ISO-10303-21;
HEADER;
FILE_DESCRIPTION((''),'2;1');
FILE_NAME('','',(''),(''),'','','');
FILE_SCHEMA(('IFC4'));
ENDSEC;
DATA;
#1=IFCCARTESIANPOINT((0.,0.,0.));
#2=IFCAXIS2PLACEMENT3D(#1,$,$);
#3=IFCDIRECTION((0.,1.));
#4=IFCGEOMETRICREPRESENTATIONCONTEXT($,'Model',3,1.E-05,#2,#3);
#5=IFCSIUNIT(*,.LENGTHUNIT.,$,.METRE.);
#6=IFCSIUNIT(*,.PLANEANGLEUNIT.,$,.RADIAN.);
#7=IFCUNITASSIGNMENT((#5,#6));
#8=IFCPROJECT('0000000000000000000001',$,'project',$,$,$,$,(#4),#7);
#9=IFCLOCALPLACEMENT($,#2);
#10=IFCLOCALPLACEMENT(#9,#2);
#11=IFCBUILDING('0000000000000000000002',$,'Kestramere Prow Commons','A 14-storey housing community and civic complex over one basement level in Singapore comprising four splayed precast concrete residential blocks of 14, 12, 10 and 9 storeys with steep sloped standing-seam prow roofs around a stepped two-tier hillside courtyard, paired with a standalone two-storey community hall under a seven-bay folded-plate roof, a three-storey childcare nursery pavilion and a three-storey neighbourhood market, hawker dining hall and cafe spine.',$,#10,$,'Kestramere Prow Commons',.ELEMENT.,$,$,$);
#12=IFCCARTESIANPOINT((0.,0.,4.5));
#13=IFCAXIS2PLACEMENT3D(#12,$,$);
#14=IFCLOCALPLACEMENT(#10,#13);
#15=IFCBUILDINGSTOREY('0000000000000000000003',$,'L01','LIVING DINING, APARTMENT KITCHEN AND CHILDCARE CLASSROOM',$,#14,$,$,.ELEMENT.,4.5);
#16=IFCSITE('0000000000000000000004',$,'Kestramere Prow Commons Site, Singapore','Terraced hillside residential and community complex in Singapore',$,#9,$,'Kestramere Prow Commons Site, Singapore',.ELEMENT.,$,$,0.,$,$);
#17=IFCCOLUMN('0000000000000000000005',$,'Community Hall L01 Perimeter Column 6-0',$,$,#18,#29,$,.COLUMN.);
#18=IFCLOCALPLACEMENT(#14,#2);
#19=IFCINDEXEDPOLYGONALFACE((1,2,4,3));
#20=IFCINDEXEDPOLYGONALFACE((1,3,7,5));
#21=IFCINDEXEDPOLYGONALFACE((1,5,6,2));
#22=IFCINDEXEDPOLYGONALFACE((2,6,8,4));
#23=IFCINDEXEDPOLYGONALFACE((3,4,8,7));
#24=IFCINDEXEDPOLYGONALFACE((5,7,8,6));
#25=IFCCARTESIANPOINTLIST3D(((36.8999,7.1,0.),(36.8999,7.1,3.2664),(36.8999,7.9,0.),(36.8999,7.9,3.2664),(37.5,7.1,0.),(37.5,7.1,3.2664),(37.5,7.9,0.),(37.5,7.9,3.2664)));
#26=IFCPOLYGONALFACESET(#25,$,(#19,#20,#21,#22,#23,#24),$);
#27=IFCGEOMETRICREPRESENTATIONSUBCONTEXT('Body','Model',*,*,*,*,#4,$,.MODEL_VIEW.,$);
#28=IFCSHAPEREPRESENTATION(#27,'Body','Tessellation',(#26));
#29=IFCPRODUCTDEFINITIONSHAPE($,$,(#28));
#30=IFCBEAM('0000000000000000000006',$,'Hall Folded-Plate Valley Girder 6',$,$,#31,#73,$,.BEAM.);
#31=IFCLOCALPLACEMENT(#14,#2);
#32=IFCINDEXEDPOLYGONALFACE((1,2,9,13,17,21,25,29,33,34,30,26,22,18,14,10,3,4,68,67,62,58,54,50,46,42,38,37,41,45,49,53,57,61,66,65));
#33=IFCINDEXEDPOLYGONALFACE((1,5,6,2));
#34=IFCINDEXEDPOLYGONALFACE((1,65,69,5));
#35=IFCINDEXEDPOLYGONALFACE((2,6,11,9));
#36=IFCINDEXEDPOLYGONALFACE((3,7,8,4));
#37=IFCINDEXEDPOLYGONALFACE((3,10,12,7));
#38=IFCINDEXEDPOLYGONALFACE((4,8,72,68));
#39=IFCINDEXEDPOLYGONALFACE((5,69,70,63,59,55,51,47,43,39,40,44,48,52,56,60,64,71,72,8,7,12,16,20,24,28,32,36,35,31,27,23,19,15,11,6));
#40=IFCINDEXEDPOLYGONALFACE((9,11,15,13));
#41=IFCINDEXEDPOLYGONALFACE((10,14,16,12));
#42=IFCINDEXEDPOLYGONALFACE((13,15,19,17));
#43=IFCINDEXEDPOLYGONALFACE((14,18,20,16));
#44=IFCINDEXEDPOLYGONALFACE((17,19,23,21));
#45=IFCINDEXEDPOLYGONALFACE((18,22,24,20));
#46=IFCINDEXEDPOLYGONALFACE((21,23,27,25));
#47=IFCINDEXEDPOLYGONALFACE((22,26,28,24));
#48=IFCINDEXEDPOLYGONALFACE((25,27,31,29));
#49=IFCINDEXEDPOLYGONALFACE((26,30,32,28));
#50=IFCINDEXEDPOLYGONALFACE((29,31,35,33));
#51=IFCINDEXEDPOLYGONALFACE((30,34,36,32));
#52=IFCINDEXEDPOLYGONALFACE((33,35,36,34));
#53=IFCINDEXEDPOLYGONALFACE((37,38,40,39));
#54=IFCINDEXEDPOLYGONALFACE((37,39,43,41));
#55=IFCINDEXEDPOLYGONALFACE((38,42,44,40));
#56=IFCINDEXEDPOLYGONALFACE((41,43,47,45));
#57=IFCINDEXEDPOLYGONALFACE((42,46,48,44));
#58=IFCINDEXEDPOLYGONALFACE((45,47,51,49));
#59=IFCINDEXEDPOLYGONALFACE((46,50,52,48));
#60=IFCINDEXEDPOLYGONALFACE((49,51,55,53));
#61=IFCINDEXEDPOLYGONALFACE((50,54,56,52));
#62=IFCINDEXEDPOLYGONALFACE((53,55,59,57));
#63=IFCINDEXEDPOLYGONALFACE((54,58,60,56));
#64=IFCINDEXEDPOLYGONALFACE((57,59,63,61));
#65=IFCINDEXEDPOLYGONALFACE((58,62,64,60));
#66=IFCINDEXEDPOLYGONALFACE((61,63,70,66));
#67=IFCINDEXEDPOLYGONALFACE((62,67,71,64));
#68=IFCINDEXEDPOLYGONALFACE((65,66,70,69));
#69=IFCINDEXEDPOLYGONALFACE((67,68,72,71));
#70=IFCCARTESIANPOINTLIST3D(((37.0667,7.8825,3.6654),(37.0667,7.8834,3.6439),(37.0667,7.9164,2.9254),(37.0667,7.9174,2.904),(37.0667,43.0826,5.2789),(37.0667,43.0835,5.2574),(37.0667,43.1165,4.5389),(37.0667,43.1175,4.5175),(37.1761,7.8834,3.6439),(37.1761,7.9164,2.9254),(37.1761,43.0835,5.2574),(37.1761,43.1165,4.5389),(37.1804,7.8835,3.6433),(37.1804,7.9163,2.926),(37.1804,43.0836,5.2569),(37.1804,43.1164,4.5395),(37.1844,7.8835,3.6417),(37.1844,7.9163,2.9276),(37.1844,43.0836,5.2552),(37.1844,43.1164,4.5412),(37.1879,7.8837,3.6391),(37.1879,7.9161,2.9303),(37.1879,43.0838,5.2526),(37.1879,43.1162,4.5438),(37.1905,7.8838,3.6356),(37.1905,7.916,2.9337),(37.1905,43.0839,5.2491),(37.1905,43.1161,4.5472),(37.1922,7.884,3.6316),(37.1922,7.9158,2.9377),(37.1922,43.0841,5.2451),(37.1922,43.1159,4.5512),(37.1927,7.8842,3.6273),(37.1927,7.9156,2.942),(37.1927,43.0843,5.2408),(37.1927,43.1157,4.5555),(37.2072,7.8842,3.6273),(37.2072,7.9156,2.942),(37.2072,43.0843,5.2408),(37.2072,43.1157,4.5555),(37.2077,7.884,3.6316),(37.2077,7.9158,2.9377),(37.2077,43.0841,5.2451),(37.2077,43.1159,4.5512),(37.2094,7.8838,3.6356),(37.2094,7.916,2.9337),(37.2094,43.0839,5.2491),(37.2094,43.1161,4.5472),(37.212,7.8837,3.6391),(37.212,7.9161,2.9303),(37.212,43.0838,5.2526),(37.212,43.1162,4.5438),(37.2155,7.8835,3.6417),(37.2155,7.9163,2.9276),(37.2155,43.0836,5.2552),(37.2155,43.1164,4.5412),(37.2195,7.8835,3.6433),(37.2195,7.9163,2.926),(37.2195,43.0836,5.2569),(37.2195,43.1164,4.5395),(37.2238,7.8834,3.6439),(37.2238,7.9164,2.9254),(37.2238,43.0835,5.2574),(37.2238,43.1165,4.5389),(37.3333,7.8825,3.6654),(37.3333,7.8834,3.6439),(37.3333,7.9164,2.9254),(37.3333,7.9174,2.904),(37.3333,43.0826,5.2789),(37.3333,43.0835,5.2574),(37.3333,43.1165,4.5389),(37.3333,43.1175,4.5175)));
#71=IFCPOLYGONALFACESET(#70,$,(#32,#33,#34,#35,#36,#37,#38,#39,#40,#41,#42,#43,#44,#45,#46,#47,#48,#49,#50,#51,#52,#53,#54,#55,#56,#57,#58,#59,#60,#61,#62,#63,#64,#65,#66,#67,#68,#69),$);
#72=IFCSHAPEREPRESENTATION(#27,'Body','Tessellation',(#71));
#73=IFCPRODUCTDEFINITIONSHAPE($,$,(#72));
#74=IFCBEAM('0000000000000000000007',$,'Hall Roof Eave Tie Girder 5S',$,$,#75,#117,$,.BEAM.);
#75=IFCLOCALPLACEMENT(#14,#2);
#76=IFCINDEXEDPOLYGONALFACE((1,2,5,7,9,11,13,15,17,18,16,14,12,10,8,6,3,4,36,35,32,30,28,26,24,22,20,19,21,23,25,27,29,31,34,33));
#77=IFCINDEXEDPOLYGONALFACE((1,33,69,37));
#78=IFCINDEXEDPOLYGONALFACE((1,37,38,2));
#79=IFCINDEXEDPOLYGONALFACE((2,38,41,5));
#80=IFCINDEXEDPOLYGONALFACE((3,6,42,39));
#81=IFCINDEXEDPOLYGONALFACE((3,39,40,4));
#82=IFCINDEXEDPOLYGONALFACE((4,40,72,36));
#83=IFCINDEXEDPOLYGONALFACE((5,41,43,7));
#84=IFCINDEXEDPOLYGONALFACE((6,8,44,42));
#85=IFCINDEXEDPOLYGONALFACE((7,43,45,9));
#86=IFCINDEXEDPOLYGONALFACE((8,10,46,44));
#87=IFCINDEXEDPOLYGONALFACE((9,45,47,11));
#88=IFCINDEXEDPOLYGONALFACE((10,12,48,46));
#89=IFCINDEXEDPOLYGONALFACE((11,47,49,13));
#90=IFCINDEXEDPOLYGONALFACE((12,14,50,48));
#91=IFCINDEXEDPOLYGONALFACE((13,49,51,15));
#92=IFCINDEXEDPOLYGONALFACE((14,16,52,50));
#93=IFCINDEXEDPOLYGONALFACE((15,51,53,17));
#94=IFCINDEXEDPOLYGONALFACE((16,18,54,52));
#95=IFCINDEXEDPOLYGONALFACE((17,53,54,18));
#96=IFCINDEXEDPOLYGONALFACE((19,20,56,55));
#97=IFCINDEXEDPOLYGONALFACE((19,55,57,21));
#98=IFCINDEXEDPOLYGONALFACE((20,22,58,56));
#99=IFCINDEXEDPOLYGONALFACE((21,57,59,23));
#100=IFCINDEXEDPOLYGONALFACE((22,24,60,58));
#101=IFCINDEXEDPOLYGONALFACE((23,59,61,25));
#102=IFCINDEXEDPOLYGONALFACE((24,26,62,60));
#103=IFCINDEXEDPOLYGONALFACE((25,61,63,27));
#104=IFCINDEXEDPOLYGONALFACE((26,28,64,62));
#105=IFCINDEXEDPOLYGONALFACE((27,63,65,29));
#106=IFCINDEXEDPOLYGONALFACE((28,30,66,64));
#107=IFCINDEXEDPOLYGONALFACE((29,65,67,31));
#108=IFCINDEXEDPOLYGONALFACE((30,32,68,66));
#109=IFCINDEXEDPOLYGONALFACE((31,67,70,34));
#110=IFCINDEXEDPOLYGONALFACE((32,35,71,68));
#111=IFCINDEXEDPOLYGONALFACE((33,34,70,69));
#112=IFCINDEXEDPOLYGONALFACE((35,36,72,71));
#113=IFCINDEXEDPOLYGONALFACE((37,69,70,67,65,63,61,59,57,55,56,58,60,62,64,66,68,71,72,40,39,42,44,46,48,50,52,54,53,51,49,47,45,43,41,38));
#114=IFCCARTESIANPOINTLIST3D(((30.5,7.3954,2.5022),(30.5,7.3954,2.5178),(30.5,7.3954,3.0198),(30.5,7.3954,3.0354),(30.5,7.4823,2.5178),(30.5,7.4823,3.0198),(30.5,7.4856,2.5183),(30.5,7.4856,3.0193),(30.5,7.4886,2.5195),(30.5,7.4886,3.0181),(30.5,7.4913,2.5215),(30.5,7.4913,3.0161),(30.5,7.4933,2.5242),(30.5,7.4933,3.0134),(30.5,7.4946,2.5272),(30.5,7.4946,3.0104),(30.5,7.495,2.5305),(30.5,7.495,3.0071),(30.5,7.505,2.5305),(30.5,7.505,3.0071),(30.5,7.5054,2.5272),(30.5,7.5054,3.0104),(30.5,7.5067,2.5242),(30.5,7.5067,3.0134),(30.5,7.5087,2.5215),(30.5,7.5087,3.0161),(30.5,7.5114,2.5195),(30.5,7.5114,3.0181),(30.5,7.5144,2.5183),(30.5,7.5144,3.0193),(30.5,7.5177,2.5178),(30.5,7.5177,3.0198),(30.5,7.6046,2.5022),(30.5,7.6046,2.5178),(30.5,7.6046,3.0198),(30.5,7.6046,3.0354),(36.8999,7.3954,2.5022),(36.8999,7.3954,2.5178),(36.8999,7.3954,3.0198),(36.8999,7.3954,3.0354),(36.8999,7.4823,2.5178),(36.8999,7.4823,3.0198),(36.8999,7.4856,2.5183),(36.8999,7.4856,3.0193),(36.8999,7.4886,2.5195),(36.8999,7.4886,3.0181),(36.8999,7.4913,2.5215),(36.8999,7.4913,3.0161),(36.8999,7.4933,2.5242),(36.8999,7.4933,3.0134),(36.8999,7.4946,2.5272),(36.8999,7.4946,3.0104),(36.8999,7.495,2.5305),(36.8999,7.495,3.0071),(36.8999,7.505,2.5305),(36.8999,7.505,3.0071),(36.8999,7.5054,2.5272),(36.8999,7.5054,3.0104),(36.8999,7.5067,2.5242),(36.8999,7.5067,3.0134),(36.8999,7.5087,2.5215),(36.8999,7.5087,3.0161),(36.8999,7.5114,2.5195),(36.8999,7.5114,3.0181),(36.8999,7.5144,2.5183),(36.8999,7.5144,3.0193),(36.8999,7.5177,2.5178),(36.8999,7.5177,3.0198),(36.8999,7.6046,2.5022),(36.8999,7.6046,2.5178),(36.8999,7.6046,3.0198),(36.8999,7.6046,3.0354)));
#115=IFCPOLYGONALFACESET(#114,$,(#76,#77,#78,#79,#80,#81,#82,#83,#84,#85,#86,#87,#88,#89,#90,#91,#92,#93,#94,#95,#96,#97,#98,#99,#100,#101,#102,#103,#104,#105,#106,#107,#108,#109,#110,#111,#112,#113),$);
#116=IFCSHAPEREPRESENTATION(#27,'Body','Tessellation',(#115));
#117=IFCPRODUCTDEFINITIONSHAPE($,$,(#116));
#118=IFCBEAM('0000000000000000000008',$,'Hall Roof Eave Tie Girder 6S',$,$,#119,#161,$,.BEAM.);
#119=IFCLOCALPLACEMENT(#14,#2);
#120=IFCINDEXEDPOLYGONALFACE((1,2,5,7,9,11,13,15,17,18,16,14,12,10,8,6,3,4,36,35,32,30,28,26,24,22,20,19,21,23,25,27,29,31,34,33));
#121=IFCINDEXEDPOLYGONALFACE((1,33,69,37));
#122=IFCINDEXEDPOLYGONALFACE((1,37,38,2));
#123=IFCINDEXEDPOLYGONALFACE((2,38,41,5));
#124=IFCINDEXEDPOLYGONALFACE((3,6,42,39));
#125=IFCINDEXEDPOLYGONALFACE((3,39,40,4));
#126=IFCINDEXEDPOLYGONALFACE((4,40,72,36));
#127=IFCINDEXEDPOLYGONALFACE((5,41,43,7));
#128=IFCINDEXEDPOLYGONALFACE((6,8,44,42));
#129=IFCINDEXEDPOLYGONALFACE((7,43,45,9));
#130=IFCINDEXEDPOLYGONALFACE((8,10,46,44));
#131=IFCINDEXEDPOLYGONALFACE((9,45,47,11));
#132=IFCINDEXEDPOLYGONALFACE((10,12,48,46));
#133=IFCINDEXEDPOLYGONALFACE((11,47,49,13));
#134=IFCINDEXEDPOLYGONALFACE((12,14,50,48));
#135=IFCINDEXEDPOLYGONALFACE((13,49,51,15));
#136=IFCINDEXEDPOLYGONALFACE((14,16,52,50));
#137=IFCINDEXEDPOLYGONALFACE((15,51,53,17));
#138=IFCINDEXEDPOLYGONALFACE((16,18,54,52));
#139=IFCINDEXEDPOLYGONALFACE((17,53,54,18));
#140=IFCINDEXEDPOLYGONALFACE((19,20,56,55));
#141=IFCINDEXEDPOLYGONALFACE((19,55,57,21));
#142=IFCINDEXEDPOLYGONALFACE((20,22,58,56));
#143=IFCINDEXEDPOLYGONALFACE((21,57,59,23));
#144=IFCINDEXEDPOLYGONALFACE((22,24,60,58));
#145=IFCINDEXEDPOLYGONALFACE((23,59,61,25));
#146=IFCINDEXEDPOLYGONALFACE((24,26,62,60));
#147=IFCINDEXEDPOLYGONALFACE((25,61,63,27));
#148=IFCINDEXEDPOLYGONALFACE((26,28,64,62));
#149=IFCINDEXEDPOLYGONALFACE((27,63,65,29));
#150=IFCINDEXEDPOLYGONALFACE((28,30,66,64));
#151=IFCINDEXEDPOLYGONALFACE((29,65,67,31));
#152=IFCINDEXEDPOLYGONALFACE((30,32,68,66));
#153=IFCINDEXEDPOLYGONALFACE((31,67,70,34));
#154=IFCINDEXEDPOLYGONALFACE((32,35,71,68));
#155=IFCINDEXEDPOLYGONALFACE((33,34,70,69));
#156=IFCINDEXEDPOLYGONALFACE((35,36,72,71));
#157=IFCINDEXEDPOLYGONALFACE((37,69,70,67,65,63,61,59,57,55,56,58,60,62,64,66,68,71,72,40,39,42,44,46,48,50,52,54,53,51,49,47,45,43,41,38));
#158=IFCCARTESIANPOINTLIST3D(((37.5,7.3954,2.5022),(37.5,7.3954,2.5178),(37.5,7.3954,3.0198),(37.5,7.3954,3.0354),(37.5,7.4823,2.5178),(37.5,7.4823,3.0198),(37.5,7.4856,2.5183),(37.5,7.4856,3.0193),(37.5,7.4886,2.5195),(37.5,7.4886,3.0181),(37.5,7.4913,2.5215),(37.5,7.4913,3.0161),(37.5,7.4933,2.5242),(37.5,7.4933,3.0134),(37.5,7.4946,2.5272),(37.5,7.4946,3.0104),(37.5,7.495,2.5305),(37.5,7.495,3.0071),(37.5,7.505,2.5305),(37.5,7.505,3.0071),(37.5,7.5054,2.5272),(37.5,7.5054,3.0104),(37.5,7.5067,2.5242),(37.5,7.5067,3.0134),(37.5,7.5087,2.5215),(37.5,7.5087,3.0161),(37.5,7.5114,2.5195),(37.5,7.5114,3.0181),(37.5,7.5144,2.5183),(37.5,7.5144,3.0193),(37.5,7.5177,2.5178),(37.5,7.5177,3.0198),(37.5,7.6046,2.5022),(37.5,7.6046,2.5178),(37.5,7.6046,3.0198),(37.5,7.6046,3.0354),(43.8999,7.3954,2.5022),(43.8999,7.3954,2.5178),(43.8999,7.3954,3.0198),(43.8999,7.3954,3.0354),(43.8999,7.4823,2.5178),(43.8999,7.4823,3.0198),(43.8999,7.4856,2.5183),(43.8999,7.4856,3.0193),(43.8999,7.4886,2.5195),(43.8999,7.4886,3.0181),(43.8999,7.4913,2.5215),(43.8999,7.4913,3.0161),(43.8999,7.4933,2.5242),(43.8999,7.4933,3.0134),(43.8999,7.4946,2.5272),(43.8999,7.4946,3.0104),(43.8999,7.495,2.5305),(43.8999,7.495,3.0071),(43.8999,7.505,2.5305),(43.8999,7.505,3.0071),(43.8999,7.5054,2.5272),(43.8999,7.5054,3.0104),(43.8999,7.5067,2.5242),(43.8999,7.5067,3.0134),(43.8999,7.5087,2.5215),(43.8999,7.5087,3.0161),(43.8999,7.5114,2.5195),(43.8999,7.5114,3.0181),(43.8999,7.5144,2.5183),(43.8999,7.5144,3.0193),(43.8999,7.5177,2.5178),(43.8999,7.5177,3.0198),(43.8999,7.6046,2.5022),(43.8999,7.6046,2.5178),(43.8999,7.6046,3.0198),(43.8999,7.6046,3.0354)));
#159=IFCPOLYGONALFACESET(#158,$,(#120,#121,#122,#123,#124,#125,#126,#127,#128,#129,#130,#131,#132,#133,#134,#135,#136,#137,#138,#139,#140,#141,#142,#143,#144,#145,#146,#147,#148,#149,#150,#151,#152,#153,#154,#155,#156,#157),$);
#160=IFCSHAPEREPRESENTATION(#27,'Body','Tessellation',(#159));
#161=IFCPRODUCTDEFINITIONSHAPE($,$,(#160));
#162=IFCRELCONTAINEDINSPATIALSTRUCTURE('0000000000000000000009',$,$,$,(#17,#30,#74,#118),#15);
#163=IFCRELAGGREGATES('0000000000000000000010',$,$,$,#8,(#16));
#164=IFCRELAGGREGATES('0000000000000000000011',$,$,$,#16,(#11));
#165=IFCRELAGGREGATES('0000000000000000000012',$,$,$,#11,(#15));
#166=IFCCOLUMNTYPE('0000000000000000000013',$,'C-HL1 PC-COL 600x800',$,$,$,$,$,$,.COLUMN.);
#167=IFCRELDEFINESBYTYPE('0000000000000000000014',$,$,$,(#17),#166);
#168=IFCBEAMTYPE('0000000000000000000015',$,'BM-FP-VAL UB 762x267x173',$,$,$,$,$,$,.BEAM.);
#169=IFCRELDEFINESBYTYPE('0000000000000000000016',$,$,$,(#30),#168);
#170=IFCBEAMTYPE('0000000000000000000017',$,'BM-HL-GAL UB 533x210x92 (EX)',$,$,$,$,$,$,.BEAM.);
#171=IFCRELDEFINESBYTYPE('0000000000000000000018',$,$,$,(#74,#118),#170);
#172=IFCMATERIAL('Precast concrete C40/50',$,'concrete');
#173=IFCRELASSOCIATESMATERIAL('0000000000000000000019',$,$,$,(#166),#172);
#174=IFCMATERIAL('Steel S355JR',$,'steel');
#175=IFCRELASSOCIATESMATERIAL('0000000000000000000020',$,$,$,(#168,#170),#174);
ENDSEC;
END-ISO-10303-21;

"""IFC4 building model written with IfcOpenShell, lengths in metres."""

from ifc_helpers import new_model, si_unit, direction, frame, origin, origin_2d, place, context, subcontext, project, spatial, rectangle, i_section, extrude, material, material_profile, profile_set, type_object, element, save


model = new_model("IFC4")

# Units and contexts
model_context = context("Model", 3, precision=1e-05, world=origin(), true_north=direction((0.0, 1.0)))
body_context = subcontext(model_context, "Body", "Model", "MODEL_VIEW")
ifc_project = project(units=[si_unit("LENGTHUNIT", "METRE"), si_unit("PLANEANGLEUNIT", "RADIAN")], contexts=[model_context])

# Site, building, storey
site_placement = place(None, origin())
site = spatial("IfcSite", under=ifc_project, at=site_placement, Name="Kestramere Prow Commons Site, Singapore", Description="Terraced hillside residential and community complex in Singapore", LongName="Kestramere Prow Commons Site, Singapore", CompositionType="ELEMENT", RefElevation=0.0)
building_placement = place(site_placement, origin())
building = spatial("IfcBuilding", under=site, at=building_placement, Name="Kestramere Prow Commons", Description="A 14-storey housing community and civic complex over one basement level in Singapore comprising four splayed precast concrete residential blocks of 14, 12, 10 and 9 storeys with steep sloped standing-seam prow roofs around a stepped two-tier hillside courtyard, paired with a standalone two-storey community hall under a seven-bay folded-plate roof, a three-storey childcare nursery pavilion and a three-storey neighbourhood market, hawker dining hall and cafe spine.", LongName="Kestramere Prow Commons", CompositionType="ELEMENT")
storey_placement = place(building_placement, frame((0.0, 0.0, 4.5)))
storey = spatial("IfcBuildingStorey", under=building, at=storey_placement, Name="L01", Description="LIVING DINING, APARTMENT KITCHEN AND CHILDCARE CLASSROOM", CompositionType="ELEMENT", Elevation=4.5)

# Column
ifc_material_1 = material(Name="Precast concrete C40/50", Category="concrete")
ifc_material_profile_1 = material_profile(ifc_material_1, rectangle(XDim=0.6001, YDim=0.8, at=origin_2d()), Name="PC-COL 600x800")
ifc_profile_set_1 = profile_set([ifc_material_profile_1], Name="Precast concrete C40/50")
column_type = type_object("IfcColumnType", Name="C-HL1 PC-COL 600x800", PredefinedType="COLUMN", material=ifc_profile_set_1)
column_placement = place(storey_placement, frame((37.2, 7.5, 0.0), z_axis=(0.0, 0.0, 1.0), x_axis=(1.0, 0.0, 0.0)))
element("IfcColumn", 1, at=column_placement, inside=storey, type_object=column_type, Name="Community Hall L01 Perimeter Column 6-0", PredefinedType="COLUMN", context=body_context, shape_type="SweptSolid", body=[
    extrude(rectangle(XDim=0.6001, YDim=0.8, at=origin_2d()), origin(), (0.0, 0.0, 1.0), 3.2664),
])

# Beams
ifc_material_2 = material(Name="Steel S355JR", Category="steel")
ifc_material_profile_2 = material_profile(ifc_material_2, i_section(OverallWidth=0.2666, OverallDepth=0.7622, WebThickness=0.0144, FlangeThickness=0.0215, FilletRadius=0.0166, at=origin_2d()), Name="UB 762x267x173")
ifc_profile_set_2 = profile_set([ifc_material_profile_2], Name="Steel S355JR")
beam_type_1 = type_object("IfcBeamType", Name="BM-FP-VAL UB 762x267x173", PredefinedType="BEAM", material=ifc_profile_set_2)
beam_placement = place(storey_placement, frame((37.2, 7.8999, 3.2847), z_axis=(0.0, 0.998951, 0.04579), x_axis=(-1.0, 0.0, 0.0)))
element("IfcBeam", 2, at=beam_placement, inside=storey, type_object=beam_type_1, Name="Hall Folded-Plate Valley Girder 6", PredefinedType="BEAM", context=body_context, shape_type="SweptSolid", body=[
    extrude(i_section(OverallWidth=0.2666, OverallDepth=0.7622, WebThickness=0.0144, FlangeThickness=0.0215, FilletRadius=0.0166, at=origin_2d()), origin(), (0.0, 0.0, 1.0), 35.2371),
])
ifc_material_profile_3 = material_profile(ifc_material_2, i_section(OverallWidth=0.2092, OverallDepth=0.5332, WebThickness=0.01, FlangeThickness=0.0156, FilletRadius=0.0127, at=origin_2d()), Name="UB 533x210x92")
ifc_profile_set_3 = profile_set([ifc_material_profile_3], Name="Steel S355JR")
beam_type_2 = type_object("IfcBeamType", Name="BM-HL-GAL UB 533x210x92 (EX)", PredefinedType="BEAM", material=ifc_profile_set_3)
for number, where, z_axis, x_axis, name in (
    (3, (30.5, 7.5, 2.7688), (1.0, 0.0, 0.0), (0.0, 1.0, 0.0), "Hall Roof Eave Tie Girder 5S"),
    (4, (37.5, 7.5, 2.7688), (1.0, 0.0, 0.0), (0.0, 1.0, 0.0), "Hall Roof Eave Tie Girder 6S"),
):
    element("IfcBeam", number, at=place(storey_placement, frame(where, z_axis=z_axis, x_axis=x_axis)), inside=storey, type_object=beam_type_2, Name=name, PredefinedType="BEAM", context=body_context, shape_type="SweptSolid", body=[
        extrude(i_section(OverallWidth=0.2092, OverallDepth=0.5332, WebThickness=0.01, FlangeThickness=0.0156, FilletRadius=0.0127, at=origin_2d()), origin(), (0.0, 0.0, 1.0), 6.3999),
    ])

save(model, "model.ifc")
